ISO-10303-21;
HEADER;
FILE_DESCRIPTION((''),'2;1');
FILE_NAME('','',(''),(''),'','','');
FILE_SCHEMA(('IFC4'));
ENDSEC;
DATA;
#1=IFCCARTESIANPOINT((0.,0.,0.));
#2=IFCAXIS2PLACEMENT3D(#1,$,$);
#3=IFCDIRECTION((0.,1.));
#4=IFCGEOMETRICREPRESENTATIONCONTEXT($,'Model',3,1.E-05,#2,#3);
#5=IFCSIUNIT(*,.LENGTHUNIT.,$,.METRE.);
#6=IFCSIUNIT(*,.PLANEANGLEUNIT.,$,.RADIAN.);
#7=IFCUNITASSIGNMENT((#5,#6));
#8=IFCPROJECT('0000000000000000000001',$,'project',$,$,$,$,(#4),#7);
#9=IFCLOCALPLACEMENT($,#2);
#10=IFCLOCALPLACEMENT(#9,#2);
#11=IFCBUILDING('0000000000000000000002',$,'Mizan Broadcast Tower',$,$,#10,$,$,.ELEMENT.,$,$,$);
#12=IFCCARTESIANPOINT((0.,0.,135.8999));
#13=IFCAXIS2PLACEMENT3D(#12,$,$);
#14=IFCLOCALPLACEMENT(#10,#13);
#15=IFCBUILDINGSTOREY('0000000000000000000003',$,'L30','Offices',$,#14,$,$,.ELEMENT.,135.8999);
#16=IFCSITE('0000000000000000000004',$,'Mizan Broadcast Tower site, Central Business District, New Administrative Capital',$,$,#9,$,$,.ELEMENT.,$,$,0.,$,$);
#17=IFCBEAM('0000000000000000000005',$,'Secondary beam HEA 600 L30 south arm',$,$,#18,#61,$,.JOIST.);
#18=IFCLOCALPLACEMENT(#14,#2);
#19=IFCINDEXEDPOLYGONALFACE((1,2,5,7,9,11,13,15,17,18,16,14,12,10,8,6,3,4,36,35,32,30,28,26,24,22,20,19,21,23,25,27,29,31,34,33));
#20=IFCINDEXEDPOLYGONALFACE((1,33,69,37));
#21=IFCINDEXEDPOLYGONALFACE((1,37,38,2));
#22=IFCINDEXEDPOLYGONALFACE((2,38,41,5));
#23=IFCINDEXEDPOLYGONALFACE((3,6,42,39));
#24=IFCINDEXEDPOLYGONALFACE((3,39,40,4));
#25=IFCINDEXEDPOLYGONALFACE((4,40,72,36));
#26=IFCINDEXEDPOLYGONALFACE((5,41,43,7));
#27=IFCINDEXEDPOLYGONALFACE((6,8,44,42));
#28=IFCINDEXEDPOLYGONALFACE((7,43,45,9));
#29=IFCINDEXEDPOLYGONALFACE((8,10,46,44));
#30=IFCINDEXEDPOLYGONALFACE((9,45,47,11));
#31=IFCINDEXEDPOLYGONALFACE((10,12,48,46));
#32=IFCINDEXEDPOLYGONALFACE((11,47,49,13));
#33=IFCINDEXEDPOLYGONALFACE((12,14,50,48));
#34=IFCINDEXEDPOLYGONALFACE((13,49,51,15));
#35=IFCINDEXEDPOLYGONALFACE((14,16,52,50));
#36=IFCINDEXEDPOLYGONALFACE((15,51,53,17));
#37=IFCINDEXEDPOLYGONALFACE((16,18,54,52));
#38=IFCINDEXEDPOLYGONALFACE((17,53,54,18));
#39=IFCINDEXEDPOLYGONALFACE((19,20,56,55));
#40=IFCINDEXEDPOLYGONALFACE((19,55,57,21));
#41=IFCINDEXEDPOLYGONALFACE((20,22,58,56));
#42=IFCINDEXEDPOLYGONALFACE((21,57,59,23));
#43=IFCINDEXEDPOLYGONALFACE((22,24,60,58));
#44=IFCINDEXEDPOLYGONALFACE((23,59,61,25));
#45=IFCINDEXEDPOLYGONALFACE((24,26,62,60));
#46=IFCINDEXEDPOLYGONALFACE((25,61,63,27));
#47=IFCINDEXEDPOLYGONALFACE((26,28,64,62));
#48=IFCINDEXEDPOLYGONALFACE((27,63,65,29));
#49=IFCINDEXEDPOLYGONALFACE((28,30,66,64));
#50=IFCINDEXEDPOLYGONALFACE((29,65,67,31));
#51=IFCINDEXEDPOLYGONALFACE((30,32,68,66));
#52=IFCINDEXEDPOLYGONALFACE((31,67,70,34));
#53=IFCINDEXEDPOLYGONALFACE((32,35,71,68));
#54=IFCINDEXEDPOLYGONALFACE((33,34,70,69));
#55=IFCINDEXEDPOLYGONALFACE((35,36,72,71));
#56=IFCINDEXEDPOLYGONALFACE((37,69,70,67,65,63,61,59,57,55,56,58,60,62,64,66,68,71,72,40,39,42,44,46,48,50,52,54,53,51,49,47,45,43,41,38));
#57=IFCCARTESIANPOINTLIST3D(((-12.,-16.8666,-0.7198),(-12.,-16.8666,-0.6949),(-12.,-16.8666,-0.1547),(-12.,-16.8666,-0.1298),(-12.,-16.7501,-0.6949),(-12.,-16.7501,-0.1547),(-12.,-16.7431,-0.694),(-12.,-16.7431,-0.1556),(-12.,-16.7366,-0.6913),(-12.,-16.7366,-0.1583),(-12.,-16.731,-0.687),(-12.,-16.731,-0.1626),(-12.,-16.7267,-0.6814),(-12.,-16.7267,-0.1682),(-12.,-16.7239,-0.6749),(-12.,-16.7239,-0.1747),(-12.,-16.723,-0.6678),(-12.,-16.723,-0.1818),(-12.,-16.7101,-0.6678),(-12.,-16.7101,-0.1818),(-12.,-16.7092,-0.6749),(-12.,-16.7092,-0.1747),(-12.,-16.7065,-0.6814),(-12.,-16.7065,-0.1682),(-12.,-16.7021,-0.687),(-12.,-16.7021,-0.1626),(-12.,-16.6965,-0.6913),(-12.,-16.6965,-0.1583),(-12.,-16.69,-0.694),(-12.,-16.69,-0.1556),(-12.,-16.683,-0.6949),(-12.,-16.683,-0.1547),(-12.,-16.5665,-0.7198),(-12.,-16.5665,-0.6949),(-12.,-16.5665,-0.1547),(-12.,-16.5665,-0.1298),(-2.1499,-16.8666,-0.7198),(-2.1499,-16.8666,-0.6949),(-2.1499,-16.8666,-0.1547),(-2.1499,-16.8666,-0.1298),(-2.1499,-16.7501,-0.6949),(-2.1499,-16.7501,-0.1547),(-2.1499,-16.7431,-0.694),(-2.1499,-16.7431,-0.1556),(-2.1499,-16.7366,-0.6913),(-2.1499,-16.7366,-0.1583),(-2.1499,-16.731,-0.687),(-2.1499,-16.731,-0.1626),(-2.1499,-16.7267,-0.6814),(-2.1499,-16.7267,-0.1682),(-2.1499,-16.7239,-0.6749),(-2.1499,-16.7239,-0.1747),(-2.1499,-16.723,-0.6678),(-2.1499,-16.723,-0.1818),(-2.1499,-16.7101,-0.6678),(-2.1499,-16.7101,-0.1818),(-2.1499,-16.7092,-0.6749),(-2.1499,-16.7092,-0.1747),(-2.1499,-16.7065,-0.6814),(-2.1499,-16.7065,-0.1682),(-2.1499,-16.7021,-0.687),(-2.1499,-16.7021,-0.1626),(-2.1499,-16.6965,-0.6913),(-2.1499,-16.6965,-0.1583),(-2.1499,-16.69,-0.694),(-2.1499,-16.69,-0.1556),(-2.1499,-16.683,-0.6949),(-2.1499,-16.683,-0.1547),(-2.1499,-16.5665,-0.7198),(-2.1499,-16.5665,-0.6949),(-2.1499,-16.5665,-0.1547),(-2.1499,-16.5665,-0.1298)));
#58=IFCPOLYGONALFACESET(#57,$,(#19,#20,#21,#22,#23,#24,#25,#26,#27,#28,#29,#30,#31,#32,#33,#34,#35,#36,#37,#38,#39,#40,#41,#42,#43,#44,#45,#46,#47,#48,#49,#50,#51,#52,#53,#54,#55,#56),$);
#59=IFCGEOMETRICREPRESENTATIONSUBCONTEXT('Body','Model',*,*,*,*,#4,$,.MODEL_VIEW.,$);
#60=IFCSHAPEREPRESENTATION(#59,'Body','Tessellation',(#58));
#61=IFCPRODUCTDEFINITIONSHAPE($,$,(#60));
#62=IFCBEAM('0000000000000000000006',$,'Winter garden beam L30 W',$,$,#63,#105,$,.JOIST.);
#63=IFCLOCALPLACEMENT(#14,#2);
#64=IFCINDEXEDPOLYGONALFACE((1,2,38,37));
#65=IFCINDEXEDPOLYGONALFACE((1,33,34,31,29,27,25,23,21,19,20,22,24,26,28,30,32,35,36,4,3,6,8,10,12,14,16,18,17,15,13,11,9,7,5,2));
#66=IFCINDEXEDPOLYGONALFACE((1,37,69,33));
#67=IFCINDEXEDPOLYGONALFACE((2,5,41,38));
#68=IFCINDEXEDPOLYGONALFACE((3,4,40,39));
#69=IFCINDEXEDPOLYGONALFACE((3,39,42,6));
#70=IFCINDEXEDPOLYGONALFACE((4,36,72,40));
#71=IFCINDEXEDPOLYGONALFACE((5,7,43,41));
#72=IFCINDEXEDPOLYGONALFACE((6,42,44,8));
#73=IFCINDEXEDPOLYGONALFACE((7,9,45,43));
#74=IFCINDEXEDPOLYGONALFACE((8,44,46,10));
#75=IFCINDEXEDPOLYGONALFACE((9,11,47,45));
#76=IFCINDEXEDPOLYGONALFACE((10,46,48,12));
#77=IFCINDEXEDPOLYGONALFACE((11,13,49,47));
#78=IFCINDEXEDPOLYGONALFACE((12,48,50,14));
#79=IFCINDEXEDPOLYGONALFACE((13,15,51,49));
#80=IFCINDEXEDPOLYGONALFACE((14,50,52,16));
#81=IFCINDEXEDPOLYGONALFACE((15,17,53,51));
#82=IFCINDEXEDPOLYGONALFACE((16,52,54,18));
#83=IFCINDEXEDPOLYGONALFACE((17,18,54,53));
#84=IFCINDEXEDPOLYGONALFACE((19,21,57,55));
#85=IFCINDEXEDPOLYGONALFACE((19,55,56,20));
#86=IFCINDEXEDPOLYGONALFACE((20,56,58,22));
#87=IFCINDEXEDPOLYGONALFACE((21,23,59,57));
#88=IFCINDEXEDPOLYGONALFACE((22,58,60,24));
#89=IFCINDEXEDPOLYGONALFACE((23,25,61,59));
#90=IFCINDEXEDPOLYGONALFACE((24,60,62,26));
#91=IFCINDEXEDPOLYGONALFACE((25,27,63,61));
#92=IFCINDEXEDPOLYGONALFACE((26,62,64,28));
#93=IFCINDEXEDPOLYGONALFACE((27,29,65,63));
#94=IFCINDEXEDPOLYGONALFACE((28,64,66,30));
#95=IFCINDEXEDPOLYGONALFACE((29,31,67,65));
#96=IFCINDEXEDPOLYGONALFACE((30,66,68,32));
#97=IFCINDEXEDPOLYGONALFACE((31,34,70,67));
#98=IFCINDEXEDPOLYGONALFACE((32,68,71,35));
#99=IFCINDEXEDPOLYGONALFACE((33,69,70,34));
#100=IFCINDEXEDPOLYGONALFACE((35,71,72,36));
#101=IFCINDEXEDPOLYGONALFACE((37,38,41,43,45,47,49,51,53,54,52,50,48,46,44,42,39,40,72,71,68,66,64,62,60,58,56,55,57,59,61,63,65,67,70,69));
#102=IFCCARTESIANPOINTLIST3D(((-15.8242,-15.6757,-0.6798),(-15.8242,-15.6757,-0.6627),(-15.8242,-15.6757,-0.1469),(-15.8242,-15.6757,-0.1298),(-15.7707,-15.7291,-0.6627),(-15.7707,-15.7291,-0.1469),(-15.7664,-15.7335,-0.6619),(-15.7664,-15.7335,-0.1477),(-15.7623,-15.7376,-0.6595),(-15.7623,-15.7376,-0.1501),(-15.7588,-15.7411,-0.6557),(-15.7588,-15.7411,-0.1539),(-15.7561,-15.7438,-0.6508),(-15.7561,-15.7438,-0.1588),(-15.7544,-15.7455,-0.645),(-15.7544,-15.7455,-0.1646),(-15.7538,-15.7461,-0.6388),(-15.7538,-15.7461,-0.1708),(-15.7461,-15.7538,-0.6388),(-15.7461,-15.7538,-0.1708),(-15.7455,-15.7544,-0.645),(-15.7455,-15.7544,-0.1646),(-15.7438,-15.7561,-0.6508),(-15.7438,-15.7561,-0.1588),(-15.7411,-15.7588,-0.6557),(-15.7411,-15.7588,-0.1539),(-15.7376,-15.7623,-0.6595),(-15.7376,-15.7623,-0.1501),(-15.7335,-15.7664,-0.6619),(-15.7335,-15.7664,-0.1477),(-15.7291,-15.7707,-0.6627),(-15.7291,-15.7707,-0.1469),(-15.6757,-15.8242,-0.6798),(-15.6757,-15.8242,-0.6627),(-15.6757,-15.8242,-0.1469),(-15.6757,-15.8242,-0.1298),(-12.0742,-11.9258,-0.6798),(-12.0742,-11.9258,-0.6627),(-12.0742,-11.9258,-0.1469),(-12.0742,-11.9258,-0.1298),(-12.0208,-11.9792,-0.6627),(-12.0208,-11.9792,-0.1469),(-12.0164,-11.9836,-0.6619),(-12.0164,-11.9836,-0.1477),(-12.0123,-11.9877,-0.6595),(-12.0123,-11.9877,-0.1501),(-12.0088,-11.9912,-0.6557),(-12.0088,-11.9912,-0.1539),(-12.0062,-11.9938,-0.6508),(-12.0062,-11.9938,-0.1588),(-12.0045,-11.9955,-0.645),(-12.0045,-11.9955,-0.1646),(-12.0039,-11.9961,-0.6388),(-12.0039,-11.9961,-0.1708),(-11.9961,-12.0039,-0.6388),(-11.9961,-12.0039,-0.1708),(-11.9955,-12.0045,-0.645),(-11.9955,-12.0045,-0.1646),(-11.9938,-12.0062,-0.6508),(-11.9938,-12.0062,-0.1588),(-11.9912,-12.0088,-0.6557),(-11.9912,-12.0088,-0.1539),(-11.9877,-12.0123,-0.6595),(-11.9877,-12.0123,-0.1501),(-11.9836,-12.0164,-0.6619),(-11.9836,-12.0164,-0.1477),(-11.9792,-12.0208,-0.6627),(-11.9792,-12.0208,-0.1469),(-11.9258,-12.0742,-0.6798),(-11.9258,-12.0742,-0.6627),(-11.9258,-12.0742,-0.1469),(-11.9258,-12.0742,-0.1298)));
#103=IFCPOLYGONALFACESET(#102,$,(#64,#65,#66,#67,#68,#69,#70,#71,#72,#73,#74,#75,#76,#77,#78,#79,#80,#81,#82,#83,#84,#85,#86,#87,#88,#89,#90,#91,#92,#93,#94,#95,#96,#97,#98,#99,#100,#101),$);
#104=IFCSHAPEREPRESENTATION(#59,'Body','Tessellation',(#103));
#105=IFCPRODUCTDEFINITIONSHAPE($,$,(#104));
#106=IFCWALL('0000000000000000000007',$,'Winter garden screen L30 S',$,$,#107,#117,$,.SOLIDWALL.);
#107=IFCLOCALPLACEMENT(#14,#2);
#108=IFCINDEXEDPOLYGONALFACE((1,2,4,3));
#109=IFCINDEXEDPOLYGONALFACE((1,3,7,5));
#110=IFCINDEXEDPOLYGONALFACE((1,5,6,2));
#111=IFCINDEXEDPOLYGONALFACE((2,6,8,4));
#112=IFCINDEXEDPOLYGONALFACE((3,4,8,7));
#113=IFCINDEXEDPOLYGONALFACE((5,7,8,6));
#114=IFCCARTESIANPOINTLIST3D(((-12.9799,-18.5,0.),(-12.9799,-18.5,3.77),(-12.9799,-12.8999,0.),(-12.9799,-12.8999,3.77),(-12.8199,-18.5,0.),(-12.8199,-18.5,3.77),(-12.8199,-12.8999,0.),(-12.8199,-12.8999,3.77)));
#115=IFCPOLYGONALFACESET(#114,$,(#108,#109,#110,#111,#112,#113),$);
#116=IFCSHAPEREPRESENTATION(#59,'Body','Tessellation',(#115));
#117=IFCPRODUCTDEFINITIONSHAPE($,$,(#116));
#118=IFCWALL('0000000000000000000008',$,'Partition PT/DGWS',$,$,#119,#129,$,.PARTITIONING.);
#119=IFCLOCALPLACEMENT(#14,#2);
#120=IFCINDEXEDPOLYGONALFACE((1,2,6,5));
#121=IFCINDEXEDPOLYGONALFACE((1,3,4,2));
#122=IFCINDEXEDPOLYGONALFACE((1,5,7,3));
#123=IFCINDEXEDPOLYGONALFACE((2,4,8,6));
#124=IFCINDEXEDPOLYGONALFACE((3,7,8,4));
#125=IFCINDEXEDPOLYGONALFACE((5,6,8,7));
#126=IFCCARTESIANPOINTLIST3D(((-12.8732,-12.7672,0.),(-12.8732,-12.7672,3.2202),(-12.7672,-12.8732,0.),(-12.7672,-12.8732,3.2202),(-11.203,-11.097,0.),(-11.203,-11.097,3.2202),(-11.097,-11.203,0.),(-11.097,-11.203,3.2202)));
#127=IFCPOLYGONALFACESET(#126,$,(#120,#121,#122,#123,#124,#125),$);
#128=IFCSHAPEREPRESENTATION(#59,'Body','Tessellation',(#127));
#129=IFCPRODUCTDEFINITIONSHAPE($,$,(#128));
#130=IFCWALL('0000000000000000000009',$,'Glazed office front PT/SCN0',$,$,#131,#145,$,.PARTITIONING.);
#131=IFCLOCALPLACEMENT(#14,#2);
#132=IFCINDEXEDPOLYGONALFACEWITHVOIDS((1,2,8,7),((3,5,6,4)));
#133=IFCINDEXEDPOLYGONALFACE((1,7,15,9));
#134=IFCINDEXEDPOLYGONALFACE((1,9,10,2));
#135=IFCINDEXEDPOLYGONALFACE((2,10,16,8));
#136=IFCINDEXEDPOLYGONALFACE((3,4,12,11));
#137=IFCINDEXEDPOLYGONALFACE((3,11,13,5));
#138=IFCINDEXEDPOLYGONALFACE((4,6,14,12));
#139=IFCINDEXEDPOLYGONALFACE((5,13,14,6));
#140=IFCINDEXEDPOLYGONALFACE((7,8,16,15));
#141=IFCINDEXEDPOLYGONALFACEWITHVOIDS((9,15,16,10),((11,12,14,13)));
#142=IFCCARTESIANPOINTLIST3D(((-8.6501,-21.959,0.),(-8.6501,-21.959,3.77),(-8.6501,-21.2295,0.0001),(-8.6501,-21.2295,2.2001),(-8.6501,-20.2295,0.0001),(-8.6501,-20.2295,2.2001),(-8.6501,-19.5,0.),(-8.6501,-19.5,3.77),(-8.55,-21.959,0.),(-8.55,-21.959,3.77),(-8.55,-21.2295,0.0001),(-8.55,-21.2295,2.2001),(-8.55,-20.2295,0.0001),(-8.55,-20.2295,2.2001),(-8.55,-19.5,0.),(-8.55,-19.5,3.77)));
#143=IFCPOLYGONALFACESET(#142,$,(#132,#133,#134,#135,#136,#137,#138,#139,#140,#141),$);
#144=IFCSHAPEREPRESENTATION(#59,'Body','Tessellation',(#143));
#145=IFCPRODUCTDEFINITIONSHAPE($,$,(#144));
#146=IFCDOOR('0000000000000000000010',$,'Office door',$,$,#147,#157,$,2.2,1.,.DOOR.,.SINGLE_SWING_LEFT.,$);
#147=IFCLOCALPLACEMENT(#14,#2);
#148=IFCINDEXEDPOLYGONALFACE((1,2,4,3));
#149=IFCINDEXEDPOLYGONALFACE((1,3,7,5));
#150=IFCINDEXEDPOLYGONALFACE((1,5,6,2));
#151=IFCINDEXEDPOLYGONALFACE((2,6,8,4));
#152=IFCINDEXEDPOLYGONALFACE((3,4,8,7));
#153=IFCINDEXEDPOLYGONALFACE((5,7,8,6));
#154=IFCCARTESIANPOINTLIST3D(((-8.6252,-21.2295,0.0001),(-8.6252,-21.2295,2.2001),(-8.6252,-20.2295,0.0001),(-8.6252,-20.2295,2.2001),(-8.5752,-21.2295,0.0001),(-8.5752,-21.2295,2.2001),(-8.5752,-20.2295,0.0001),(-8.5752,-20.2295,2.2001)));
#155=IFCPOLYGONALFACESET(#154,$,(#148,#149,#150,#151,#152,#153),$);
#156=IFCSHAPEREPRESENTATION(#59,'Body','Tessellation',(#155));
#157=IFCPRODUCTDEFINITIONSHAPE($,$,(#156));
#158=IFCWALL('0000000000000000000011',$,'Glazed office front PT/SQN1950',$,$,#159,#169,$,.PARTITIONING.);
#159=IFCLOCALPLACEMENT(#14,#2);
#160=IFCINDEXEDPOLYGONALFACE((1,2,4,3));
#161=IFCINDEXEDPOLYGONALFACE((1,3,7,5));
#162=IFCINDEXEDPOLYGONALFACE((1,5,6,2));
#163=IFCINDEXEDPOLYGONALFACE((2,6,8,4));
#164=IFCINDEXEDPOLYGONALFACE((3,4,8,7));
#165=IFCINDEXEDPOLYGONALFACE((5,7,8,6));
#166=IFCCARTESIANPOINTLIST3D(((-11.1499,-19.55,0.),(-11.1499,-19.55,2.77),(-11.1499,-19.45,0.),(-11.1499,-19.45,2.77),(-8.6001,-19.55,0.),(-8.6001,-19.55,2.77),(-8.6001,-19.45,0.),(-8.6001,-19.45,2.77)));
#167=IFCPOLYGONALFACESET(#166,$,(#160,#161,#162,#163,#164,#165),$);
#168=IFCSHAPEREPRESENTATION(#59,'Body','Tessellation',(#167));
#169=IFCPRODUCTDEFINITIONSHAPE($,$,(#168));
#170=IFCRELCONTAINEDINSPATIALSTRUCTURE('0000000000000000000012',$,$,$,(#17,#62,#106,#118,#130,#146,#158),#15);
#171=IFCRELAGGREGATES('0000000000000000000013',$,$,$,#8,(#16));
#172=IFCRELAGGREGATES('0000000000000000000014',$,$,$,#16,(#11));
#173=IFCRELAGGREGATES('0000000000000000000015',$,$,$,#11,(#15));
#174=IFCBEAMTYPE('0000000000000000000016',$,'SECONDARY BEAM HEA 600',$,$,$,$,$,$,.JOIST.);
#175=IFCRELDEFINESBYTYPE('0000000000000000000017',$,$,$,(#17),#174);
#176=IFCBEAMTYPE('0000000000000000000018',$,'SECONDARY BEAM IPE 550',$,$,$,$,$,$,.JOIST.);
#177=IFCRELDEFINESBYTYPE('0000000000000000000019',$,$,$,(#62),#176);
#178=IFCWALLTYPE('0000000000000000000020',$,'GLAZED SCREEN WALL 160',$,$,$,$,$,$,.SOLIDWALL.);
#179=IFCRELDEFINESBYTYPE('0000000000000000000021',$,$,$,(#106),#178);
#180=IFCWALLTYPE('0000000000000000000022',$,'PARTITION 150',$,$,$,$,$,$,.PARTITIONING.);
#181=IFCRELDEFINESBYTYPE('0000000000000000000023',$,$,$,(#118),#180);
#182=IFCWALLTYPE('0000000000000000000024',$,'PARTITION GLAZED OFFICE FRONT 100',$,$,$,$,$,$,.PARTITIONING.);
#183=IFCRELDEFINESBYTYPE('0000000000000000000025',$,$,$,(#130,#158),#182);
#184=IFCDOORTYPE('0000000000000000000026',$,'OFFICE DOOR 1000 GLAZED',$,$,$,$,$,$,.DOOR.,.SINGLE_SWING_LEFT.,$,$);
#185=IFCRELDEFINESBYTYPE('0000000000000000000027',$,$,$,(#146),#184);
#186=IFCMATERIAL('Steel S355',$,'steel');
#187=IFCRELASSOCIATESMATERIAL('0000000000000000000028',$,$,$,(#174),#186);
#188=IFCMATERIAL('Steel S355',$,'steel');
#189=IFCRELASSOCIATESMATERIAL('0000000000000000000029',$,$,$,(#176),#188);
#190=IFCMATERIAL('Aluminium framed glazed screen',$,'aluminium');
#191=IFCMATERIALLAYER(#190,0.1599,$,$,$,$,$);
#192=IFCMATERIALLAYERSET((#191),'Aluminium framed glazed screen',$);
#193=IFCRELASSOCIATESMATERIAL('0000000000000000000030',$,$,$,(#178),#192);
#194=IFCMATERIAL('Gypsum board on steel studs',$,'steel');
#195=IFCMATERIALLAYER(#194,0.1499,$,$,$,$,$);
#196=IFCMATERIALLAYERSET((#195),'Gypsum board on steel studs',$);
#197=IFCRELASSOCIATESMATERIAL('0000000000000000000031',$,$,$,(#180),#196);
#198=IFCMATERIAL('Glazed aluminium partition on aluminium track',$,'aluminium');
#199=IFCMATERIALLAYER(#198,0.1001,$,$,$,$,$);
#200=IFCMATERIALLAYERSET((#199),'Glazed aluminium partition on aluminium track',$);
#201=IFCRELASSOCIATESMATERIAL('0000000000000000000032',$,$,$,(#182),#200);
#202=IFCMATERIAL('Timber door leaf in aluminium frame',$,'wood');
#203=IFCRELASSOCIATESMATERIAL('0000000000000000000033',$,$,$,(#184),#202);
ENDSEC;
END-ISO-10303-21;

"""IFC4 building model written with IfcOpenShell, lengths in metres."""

from ifc_helpers import new_model, si_unit, direction, frame, frame_2d, origin, origin_2d, place, context, subcontext, project, spatial, rectangle, i_section, extrude, material, layer, layer_set, material_profile, profile_set, type_object, element, fill, save


model = new_model("IFC4")

# Units and contexts
model_context = context("Model", 3, precision=1e-05, world=origin(), true_north=direction((0.0, 1.0)))
body_context = subcontext(model_context, "Body", "Model", "MODEL_VIEW")
ifc_project = project(units=[si_unit("LENGTHUNIT", "METRE"), si_unit("PLANEANGLEUNIT", "RADIAN")], contexts=[model_context])

# Site, building, storey
site_placement = place(None, origin())
site = spatial("IfcSite", under=ifc_project, at=site_placement, Name="Mizan Broadcast Tower site, Central Business District, New Administrative Capital", CompositionType="ELEMENT", RefElevation=0.0)
building_placement = place(site_placement, origin())
building = spatial("IfcBuilding", under=site, at=building_placement, Name="Mizan Broadcast Tower", CompositionType="ELEMENT")
storey_placement = place(building_placement, frame((0.0, 0.0, 135.8999)))
storey = spatial("IfcBuildingStorey", under=building, at=storey_placement, Name="L30", Description="Offices", CompositionType="ELEMENT", Elevation=135.8999)

# Beams
ifc_material_1 = material(Name="Steel S355", Category="steel")
ifc_material_profile_1 = material_profile(ifc_material_1, i_section(OverallWidth=0.3, OverallDepth=0.5901, WebThickness=0.0129, FlangeThickness=0.0249, FilletRadius=0.0271, at=origin_2d()), Name="HEA 600")
ifc_profile_set_1 = profile_set([ifc_material_profile_1], Name="Steel S355")
beam_type_1 = type_object("IfcBeamType", Name="SECONDARY BEAM HEA 600", PredefinedType="JOIST", material=ifc_profile_set_1)
for number, where, z_axis, x_axis, name in (
    (1, (-12.0, -16.7166, -0.4248), (1.0, 0.0, 0.0), (0.0, 1.0, 0.0), "Secondary beam HEA 600 L30 south arm"),
):
    element("IfcBeam", number, at=place(storey_placement, frame(where, z_axis=z_axis, x_axis=x_axis)), inside=storey, type_object=beam_type_1, Name=name, PredefinedType="JOIST", context=body_context, shape_type="SweptSolid", body=[
        extrude(i_section(OverallWidth=0.3, OverallDepth=0.5901, WebThickness=0.0129, FlangeThickness=0.0249, FilletRadius=0.0271, at=origin_2d()), origin(), (0.0, 0.0, 1.0), 9.8501),
    ])
ifc_material_2 = material(Name="Steel S355", Category="steel")
ifc_material_profile_2 = material_profile(ifc_material_2, i_section(OverallWidth=0.21, OverallDepth=0.55, WebThickness=0.011, FlangeThickness=0.0171, FilletRadius=0.0239, at=origin_2d()), Name="IPE 550")
ifc_profile_set_2 = profile_set([ifc_material_profile_2], Name="Steel S355")
beam_type_2 = type_object("IfcBeamType", Name="SECONDARY BEAM IPE 550", PredefinedType="JOIST", material=ifc_profile_set_2)
beam_1_placement = place(storey_placement, frame((-12.0, -12.0, -0.4048), z_axis=(-0.707107, -0.707107, 0.0), x_axis=(0.707107, -0.707107, 0.0)))
element("IfcBeam", 2, at=beam_1_placement, inside=storey, type_object=beam_type_2, Name="Winter garden beam L30 W", PredefinedType="JOIST", context=body_context, shape_type="SweptSolid", body=[
    extrude(i_section(OverallWidth=0.21, OverallDepth=0.55, WebThickness=0.011, FlangeThickness=0.0171, FilletRadius=0.0239, at=origin_2d()), origin(), (0.0, 0.0, 1.0), 5.3032),
])

# Walls
ifc_material_3 = material(Name="Aluminium framed glazed screen", Category="aluminium")
ifc_layer_1 = layer(ifc_material_3, 0.1599)
ifc_layer_set_1 = layer_set([ifc_layer_1], Name="Aluminium framed glazed screen")
wall_type_1 = type_object("IfcWallType", Name="GLAZED SCREEN WALL 160", PredefinedType="SOLIDWALL", material=ifc_layer_set_1)
wall_1_placement = place(storey_placement, frame((-12.8999, -12.8999, 0.0), z_axis=(0.0, 0.0, 1.0), x_axis=(0.0, -1.0, 0.0)))
element("IfcWall", 3, at=wall_1_placement, inside=storey, type_object=wall_type_1, Name="Winter garden screen L30 S", PredefinedType="SOLIDWALL", context=body_context, shape_type="SweptSolid", body=[
    extrude(rectangle(XDim=5.6001, YDim=0.1599, at=frame_2d((2.8, 0.0))), origin(), (0.0, 0.0, 1.0), 3.77),
])
ifc_material_4 = material(Name="Gypsum board on steel studs", Category="steel")
ifc_layer_2 = layer(ifc_material_4, 0.1499)
ifc_layer_set_2 = layer_set([ifc_layer_2], Name="Gypsum board on steel studs")
wall_type_2 = type_object("IfcWallType", Name="PARTITION 150", PredefinedType="PARTITIONING", material=ifc_layer_set_2)
wall_2_placement = place(storey_placement, frame((-11.1499, -11.1499, 0.0), z_axis=(0.0, 0.0, 1.0), x_axis=(-0.707107, -0.707107, 0.0)))
element("IfcWall", 4, at=wall_2_placement, inside=storey, type_object=wall_type_2, Name="Partition PT/DGWS", PredefinedType="PARTITIONING", context=body_context, shape_type="SweptSolid", body=[
    extrude(rectangle(XDim=2.3621, YDim=0.1499, at=frame_2d((1.1812, 0.0))), origin(), (0.0, 0.0, 1.0), 3.2202),
])

# Wall, opening, door
ifc_material_5 = material(Name="Glazed aluminium partition on aluminium track", Category="aluminium")
ifc_layer_3 = layer(ifc_material_5, 0.1001)
ifc_layer_set_3 = layer_set([ifc_layer_3], Name="Glazed aluminium partition on aluminium track")
wall_type_3 = type_object("IfcWallType", Name="PARTITION GLAZED OFFICE FRONT 100", PredefinedType="PARTITIONING", material=ifc_layer_set_3)
wall_3_placement = place(storey_placement, frame((-8.6001, -19.5, 0.0), z_axis=(0.0, 0.0, 1.0), x_axis=(0.0, -1.0, 0.0)))
wall_3 = element("IfcWall", 5, at=wall_3_placement, inside=storey, type_object=wall_type_3, Name="Glazed office front PT/SCN0", PredefinedType="PARTITIONING", context=body_context, shape_type="SweptSolid", body=[
    extrude(rectangle(XDim=2.459, YDim=0.1001, at=frame_2d((1.2295, 0.0))), origin(), (0.0, 0.0, 1.0), 3.77),
])
opening_placement = place(wall_3_placement, frame((0.7295, 0.0, 0.0)))
opening = element("IfcOpeningElement", 6, at=opening_placement, cuts=wall_3, PredefinedType="OPENING", context=body_context, shape_type="SweptSolid", body=[
    extrude(rectangle(XDim=1.0, YDim=2.2, at=frame_2d((0.5, 1.1001))), frame((0.0, 0.0601, 0.0), z_axis=(0.0, -1.0, 0.0), x_axis=(1.0, 0.0, 0.0)), (0.0, 0.0, 1.0), 0.1201),
])
ifc_material_6 = material(Name="Timber door leaf in aluminium frame", Category="wood")
door_type = type_object("IfcDoorType", Name="OFFICE DOOR 1000 GLAZED", OperationType="SINGLE_SWING_LEFT", PredefinedType="DOOR", material=ifc_material_6)
door_placement = place(opening_placement, origin())
door = element("IfcDoor", 7, at=door_placement, inside=storey, type_object=door_type, Name="Office door", OperationType="SINGLE_SWING_LEFT", OverallHeight=2.2, OverallWidth=1.0, PredefinedType="DOOR", context=body_context, shape_type="SweptSolid", body=[
    extrude(rectangle(XDim=1.0, YDim=2.2, at=frame_2d((0.5, 1.1001))), frame((0.0, 0.0249, 0.0), z_axis=(0.0, -1.0, 0.0), x_axis=(1.0, 0.0, 0.0)), (0.0, 0.0, 1.0), 0.05),
])
fill(opening, door)

# Wall
wall_4_placement = place(storey_placement, frame((-8.6001, -19.5, 0.0), z_axis=(0.0, 0.0, 1.0), x_axis=(-1.0, 0.0, 0.0)))
element("IfcWall", 8, at=wall_4_placement, inside=storey, type_object=wall_type_3, Name="Glazed office front PT/SQN1950", PredefinedType="PARTITIONING", context=body_context, shape_type="SweptSolid", body=[
    extrude(rectangle(XDim=2.5498, YDim=0.1001, at=frame_2d((1.2749, 0.0))), origin(), (0.0, 0.0, 1.0), 2.77),
])

save(model, "model.ifc")
